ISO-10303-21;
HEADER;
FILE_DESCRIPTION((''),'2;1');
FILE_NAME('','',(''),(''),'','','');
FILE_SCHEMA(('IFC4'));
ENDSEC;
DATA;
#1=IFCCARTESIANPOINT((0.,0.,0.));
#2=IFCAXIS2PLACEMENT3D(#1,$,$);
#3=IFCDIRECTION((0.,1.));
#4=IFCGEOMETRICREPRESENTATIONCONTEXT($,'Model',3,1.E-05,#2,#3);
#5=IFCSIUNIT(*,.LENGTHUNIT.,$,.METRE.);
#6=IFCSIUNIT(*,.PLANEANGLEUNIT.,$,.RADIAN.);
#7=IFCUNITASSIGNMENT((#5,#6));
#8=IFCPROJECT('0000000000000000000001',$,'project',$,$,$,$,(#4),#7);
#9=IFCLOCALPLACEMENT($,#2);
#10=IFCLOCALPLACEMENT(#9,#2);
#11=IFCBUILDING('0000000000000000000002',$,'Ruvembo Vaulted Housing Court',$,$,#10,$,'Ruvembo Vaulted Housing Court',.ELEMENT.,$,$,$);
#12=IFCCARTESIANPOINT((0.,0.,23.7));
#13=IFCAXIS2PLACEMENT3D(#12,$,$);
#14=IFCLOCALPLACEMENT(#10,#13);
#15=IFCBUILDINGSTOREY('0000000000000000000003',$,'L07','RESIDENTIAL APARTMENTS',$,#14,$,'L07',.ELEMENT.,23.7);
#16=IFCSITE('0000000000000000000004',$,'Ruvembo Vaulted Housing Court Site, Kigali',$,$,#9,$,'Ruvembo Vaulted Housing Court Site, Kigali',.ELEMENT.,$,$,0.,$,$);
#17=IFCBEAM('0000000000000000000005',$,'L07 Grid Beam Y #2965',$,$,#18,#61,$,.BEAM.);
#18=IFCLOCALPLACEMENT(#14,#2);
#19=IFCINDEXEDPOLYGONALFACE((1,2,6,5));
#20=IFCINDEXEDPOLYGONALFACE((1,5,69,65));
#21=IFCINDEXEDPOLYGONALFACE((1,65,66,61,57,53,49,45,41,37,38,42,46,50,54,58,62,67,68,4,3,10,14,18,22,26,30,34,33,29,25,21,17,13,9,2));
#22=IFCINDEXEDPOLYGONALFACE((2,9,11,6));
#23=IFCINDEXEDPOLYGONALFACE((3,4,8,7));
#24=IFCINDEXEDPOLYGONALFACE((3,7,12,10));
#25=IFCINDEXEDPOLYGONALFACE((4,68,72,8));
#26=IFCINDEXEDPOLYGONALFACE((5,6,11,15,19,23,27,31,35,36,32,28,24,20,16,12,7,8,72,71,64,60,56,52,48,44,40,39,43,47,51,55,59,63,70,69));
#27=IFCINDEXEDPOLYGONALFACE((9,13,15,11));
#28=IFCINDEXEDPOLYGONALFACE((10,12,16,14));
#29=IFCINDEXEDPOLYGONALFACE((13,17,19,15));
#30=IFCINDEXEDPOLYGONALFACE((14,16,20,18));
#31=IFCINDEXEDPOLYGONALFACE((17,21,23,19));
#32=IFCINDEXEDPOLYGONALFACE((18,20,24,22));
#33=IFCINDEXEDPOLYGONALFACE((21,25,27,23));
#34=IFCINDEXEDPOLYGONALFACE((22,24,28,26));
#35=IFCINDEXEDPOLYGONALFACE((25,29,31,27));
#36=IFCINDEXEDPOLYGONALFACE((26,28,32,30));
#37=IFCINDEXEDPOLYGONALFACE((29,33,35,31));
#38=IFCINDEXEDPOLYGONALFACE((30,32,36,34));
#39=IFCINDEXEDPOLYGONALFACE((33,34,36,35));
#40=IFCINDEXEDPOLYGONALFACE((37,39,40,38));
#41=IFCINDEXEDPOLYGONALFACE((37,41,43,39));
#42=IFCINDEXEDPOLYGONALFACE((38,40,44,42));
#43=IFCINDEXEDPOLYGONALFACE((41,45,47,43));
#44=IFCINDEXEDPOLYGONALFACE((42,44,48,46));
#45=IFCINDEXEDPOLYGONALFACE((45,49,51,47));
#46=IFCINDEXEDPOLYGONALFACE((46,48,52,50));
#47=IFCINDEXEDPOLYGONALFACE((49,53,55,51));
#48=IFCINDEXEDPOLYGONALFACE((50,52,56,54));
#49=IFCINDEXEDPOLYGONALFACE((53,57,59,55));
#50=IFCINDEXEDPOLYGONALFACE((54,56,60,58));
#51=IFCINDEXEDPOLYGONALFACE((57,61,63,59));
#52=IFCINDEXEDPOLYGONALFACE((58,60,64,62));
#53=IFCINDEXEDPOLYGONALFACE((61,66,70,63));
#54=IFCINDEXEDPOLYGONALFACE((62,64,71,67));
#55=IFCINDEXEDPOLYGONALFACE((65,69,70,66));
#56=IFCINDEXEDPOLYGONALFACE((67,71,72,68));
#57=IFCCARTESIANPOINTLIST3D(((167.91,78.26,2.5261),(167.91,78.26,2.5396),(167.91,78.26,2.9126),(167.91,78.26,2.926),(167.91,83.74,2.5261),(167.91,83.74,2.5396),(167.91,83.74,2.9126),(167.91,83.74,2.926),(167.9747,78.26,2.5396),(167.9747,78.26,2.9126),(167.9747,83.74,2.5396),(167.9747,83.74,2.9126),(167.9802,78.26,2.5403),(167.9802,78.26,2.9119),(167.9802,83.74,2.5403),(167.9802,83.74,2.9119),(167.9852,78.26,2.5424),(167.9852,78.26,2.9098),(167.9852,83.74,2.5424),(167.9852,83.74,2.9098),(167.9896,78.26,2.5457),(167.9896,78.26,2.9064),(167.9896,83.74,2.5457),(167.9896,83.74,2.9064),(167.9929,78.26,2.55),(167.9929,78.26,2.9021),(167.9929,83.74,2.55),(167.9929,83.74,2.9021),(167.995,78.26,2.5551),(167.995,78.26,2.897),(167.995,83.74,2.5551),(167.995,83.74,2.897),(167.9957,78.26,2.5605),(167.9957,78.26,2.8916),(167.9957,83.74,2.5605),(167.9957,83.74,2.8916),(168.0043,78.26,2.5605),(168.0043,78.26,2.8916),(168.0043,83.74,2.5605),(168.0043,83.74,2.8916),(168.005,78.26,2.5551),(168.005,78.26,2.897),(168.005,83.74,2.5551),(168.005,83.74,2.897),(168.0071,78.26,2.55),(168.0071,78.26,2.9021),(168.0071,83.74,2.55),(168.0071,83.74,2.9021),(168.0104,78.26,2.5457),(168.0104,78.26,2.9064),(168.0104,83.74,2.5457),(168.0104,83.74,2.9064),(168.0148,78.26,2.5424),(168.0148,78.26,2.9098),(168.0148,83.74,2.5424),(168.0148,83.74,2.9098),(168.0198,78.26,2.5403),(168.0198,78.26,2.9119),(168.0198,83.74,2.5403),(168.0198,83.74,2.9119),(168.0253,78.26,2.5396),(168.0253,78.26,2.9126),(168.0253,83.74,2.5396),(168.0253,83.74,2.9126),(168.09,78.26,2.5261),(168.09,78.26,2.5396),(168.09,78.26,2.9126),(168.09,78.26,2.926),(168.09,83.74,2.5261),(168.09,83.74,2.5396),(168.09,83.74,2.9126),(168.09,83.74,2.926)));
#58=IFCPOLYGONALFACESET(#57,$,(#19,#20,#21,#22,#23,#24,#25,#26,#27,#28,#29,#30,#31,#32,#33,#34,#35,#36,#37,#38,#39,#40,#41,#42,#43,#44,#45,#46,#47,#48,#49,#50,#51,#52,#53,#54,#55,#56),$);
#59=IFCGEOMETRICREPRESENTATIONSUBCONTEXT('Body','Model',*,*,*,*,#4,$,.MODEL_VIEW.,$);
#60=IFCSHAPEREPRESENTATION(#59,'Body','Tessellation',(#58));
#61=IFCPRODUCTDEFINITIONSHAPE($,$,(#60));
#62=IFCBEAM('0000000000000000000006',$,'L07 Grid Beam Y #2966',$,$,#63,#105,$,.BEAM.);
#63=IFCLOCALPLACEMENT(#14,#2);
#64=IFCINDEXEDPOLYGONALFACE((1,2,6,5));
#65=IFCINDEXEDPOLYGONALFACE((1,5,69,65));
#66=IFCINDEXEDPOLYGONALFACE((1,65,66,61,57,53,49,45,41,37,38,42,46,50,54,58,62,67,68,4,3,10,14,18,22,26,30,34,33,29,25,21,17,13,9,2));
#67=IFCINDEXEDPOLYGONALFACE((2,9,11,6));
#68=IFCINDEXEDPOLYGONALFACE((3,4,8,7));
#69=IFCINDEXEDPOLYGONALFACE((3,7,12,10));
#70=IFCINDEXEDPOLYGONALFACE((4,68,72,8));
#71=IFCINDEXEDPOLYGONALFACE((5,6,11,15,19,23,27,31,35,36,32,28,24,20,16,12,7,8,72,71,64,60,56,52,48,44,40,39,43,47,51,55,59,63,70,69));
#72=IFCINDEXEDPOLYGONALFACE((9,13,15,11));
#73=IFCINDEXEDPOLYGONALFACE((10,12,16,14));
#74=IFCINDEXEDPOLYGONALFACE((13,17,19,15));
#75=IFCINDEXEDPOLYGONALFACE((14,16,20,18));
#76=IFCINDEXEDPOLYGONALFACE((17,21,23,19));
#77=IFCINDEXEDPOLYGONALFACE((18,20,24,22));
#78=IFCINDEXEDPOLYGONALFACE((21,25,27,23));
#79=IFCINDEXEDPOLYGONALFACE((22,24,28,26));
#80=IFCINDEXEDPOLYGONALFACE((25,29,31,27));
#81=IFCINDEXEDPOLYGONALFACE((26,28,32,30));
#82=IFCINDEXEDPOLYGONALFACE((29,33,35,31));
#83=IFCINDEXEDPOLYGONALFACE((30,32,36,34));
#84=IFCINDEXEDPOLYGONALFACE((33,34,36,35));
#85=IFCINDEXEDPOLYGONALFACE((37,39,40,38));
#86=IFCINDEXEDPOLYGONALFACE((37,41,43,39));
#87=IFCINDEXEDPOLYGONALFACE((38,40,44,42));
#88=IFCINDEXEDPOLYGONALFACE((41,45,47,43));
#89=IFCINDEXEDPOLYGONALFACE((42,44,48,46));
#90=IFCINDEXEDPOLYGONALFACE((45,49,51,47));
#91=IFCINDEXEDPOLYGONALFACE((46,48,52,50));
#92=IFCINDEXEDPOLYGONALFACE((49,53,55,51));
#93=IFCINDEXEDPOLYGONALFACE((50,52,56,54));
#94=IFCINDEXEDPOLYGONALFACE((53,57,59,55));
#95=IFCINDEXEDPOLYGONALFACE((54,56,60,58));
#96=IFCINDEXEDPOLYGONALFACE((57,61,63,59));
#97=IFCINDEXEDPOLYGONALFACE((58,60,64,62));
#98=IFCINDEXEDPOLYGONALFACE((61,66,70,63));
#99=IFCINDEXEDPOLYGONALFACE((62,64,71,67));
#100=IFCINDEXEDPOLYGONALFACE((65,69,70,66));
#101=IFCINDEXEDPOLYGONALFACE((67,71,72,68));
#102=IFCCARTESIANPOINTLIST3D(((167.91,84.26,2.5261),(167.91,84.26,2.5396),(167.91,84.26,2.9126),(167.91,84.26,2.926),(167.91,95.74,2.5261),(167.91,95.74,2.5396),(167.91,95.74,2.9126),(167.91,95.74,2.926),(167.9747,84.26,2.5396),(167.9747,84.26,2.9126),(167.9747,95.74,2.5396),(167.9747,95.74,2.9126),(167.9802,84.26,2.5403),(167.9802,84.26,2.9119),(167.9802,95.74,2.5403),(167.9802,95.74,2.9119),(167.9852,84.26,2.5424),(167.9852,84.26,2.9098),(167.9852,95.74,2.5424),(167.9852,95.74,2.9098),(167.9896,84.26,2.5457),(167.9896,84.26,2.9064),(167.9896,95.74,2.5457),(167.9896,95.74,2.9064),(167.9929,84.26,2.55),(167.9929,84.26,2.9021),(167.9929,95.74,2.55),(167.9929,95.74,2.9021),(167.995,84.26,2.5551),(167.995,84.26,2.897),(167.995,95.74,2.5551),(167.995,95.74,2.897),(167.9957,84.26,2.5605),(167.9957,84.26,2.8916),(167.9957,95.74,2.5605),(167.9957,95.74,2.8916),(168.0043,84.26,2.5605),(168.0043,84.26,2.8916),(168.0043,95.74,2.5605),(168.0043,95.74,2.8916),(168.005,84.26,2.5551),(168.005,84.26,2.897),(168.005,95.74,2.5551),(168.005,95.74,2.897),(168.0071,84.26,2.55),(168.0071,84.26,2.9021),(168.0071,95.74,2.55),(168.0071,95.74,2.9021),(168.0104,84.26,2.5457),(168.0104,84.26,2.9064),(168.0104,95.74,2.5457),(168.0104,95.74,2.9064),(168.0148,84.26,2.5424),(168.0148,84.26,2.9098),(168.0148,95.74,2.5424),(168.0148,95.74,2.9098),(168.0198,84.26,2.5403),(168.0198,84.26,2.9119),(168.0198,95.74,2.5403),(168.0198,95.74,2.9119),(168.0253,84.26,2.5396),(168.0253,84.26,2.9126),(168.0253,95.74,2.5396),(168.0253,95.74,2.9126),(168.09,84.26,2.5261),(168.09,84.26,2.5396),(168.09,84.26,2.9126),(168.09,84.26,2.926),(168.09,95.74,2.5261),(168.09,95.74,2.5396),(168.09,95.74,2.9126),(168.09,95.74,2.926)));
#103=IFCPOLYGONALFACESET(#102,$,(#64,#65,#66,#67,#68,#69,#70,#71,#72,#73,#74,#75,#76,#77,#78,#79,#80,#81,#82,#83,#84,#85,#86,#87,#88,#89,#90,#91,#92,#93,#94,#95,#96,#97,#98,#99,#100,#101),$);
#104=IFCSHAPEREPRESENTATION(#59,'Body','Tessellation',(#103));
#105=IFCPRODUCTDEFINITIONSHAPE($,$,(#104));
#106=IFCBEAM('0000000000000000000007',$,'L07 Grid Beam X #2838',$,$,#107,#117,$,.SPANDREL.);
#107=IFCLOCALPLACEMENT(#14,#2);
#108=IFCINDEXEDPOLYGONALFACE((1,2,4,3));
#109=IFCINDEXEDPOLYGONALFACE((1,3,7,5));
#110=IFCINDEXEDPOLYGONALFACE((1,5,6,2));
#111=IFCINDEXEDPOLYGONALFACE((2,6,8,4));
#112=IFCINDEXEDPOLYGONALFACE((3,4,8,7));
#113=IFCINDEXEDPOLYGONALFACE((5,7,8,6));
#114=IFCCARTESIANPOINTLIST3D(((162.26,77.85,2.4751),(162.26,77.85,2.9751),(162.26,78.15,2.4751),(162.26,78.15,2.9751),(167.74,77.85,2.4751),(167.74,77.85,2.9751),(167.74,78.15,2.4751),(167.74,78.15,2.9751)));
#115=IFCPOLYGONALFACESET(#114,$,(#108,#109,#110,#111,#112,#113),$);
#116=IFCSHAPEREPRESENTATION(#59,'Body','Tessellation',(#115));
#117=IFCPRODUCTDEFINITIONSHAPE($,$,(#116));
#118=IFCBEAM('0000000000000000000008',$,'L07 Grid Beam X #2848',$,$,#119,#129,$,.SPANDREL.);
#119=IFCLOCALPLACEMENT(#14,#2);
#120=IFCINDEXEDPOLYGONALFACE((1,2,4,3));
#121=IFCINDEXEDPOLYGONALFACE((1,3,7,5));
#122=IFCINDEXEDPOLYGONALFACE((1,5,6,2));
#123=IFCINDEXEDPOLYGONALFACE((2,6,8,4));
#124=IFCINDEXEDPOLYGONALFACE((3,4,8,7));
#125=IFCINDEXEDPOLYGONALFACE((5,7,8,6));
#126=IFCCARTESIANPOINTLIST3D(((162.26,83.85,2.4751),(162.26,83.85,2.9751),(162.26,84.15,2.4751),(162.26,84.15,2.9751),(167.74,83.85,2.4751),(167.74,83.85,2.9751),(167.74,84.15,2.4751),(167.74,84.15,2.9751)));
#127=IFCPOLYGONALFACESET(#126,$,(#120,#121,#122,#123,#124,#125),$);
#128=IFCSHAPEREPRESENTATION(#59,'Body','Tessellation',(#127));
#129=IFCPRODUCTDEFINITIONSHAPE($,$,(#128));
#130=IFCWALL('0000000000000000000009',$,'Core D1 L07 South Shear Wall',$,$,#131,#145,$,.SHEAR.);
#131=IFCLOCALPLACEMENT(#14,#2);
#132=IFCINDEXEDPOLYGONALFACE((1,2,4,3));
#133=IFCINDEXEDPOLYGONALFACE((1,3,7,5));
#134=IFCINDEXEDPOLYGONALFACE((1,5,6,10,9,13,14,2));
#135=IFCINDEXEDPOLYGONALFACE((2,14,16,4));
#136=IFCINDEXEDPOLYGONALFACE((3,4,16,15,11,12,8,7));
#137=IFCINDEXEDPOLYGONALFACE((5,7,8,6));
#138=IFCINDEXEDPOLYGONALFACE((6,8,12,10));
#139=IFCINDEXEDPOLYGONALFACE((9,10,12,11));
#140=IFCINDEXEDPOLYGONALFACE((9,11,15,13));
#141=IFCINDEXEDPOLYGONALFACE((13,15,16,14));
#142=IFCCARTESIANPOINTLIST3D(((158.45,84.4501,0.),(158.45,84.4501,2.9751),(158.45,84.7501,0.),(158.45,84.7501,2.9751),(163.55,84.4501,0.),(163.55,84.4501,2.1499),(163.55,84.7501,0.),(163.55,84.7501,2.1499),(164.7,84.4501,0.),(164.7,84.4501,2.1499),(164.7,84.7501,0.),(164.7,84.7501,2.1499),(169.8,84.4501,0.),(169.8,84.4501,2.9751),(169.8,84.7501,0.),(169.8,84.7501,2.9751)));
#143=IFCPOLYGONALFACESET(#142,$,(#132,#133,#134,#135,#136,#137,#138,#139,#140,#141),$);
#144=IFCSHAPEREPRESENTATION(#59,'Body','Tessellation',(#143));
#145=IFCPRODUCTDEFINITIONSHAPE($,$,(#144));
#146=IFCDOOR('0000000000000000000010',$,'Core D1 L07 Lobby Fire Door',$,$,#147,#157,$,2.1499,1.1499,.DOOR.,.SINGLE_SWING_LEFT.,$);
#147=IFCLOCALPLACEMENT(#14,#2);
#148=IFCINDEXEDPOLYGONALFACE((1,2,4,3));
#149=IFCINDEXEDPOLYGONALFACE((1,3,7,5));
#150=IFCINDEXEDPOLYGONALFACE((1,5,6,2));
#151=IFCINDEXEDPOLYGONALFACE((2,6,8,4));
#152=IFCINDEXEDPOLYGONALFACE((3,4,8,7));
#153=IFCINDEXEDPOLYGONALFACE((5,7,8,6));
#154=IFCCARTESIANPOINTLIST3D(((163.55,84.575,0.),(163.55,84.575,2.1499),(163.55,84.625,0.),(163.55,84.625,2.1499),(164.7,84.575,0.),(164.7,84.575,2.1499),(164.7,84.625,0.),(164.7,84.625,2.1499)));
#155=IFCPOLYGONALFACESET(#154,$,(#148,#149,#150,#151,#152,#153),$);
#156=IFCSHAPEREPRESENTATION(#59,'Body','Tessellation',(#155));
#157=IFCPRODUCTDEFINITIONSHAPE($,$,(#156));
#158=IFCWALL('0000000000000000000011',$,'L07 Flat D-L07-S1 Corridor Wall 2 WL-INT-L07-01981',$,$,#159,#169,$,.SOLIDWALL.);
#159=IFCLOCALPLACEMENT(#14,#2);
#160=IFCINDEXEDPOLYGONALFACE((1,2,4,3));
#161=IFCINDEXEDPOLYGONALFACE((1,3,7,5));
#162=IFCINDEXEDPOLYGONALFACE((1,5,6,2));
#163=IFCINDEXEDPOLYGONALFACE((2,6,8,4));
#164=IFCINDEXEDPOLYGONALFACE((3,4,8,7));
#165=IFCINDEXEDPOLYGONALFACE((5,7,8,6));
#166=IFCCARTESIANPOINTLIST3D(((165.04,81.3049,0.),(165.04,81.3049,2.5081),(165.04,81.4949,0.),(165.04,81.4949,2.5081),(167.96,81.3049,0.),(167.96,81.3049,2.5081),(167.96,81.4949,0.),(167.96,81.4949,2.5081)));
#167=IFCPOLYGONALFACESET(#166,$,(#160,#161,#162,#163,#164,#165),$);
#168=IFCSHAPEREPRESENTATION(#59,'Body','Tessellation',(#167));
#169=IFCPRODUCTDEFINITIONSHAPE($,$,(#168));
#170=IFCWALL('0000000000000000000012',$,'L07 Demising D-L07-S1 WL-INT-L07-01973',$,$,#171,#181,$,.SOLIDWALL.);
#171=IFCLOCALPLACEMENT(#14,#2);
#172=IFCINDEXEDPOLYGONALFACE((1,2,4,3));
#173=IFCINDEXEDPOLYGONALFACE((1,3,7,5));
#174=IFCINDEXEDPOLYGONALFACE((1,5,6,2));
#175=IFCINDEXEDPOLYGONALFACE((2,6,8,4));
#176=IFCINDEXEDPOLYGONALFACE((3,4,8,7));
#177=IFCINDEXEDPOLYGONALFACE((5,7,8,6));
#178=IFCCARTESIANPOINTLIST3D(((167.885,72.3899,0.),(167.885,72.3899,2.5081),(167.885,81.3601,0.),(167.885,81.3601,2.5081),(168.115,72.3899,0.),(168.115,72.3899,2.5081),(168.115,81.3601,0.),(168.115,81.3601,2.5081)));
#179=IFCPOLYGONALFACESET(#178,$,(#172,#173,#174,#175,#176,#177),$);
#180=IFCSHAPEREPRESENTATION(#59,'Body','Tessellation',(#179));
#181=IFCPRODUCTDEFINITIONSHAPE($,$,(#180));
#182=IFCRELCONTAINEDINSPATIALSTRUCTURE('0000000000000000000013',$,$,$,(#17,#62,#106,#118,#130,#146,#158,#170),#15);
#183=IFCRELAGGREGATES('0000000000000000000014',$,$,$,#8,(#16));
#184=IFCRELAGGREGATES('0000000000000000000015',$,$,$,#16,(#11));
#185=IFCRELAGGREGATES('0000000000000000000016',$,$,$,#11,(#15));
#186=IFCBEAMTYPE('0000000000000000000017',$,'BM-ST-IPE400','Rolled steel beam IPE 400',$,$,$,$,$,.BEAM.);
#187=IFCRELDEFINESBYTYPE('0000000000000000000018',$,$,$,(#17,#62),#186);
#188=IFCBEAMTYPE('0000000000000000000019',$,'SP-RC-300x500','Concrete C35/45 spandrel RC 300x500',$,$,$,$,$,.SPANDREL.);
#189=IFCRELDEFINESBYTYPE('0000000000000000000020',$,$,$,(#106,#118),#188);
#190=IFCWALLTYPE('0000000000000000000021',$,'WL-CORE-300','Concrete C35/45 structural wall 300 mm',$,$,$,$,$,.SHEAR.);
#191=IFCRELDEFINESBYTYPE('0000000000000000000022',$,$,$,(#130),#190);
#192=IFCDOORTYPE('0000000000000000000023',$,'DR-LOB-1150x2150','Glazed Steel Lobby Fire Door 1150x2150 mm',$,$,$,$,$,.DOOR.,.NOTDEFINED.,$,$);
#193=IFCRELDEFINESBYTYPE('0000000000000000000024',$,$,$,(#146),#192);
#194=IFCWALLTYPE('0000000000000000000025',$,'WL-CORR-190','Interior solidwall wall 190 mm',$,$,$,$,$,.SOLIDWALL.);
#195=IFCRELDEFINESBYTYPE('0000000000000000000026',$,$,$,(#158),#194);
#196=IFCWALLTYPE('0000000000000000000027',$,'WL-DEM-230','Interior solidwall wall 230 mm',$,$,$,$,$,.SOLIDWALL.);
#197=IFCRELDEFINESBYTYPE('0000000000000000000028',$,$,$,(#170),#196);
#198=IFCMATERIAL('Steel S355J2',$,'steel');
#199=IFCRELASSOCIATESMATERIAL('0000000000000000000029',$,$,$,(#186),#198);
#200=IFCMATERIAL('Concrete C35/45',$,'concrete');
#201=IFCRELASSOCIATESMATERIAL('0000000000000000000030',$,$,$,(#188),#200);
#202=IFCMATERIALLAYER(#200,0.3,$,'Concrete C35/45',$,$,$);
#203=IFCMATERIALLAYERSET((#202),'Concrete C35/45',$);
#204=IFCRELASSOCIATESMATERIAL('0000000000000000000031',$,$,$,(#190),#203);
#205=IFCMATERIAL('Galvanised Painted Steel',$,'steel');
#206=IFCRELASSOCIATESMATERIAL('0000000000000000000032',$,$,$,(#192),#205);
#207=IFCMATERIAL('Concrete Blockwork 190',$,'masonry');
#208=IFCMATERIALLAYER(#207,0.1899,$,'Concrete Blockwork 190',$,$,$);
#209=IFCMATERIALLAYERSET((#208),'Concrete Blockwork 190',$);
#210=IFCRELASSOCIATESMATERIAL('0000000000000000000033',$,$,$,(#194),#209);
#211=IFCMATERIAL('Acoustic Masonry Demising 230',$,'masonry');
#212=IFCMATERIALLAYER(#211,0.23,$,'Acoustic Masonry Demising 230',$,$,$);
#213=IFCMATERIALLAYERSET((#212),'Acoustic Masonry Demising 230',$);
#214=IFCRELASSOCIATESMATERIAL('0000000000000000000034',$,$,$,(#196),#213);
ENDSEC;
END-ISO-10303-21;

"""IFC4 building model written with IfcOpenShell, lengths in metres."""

from ifc_helpers import new_model, si_unit, direction, frame, frame_2d, origin, origin_2d, place, context, subcontext, project, spatial, rectangle, i_section, extrude, material, layer, layer_set, material_profile, profile_set, type_object, element, fill, save


model = new_model("IFC4")

# Units and contexts
model_context = context("Model", 3, precision=1e-05, world=origin(), true_north=direction((0.0, 1.0)))
body_context = subcontext(model_context, "Body", "Model", "MODEL_VIEW")
ifc_project = project(units=[si_unit("LENGTHUNIT", "METRE"), si_unit("PLANEANGLEUNIT", "RADIAN")], contexts=[model_context])

# Site, building, storey
site_placement = place(None, origin())
site = spatial("IfcSite", under=ifc_project, at=site_placement, Name="Ruvembo Vaulted Housing Court Site, Kigali", LongName="Ruvembo Vaulted Housing Court Site, Kigali", CompositionType="ELEMENT", RefElevation=0.0)
building_placement = place(site_placement, origin())
building = spatial("IfcBuilding", under=site, at=building_placement, Name="Ruvembo Vaulted Housing Court", LongName="Ruvembo Vaulted Housing Court", CompositionType="ELEMENT")
storey_placement = place(building_placement, frame((0.0, 0.0, 23.7)))
storey = spatial("IfcBuildingStorey", under=building, at=storey_placement, Name="L07", Description="RESIDENTIAL APARTMENTS", LongName="L07", CompositionType="ELEMENT", Elevation=23.7)

# Shared definitions
ifc_material_1 = material(Name="Concrete C35/45", Category="concrete")

# Beams
ifc_material_2 = material(Name="Steel S355J2", Category="steel")
ifc_material_profile_1 = material_profile(ifc_material_2, i_section(OverallWidth=0.1799, OverallDepth=0.3999, WebThickness=0.0085, FlangeThickness=0.0134, FilletRadius=0.021, at=origin_2d()), Name="IPE 400")
ifc_profile_set_1 = profile_set([ifc_material_profile_1], Name="Steel S355J2")
beam_type_1 = type_object("IfcBeamType", Name="BM-ST-IPE400", Description="Rolled steel beam IPE 400", PredefinedType="BEAM", material=ifc_profile_set_1)
for number, where, z_axis, x_axis, name in (
    (1, (168.0, 78.26, 2.7261), (0.0, 1.0, 0.0), (-1.0, 0.0, 0.0), "L07 Grid Beam Y #2965"),
):
    element("IfcBeam", number, at=place(storey_placement, frame(where, z_axis=z_axis, x_axis=x_axis)), inside=storey, type_object=beam_type_1, Name=name, PredefinedType="BEAM", context=body_context, shape_type="SweptSolid", body=[
        extrude(i_section(OverallWidth=0.1799, OverallDepth=0.3999, WebThickness=0.0085, FlangeThickness=0.0134, FilletRadius=0.021, at=origin_2d()), origin(), (0.0, 0.0, 1.0), 5.48),
    ])
beam_placement = place(storey_placement, frame((168.0, 84.26, 2.7261), z_axis=(0.0, 1.0, 0.0), x_axis=(-1.0, 0.0, 0.0)))
element("IfcBeam", 2, at=beam_placement, inside=storey, type_object=beam_type_1, Name="L07 Grid Beam Y #2966", PredefinedType="BEAM", context=body_context, shape_type="SweptSolid", body=[
    extrude(i_section(OverallWidth=0.1799, OverallDepth=0.3999, WebThickness=0.0085, FlangeThickness=0.0134, FilletRadius=0.021, at=origin_2d()), origin(), (0.0, 0.0, 1.0), 11.48),
])
ifc_material_profile_2 = material_profile(ifc_material_1, rectangle(XDim=0.3, YDim=0.5, at=origin_2d()), Name="RC 300x500")
ifc_profile_set_2 = profile_set([ifc_material_profile_2], Name="Concrete C35/45")
beam_type_2 = type_object("IfcBeamType", Name="SP-RC-300x500", Description="Concrete C35/45 spandrel RC 300x500", PredefinedType="SPANDREL", material=ifc_profile_set_2)
for number, where, z_axis, x_axis, name in (
    (3, (162.26, 78.0, 2.7251), (1.0, 0.0, 0.0), (0.0, 1.0, 0.0), "L07 Grid Beam X #2838"),
    (4, (162.26, 84.0, 2.7251), (1.0, 0.0, 0.0), (0.0, 1.0, 0.0), "L07 Grid Beam X #2848"),
):
    element("IfcBeam", number, at=place(storey_placement, frame(where, z_axis=z_axis, x_axis=x_axis)), inside=storey, type_object=beam_type_2, Name=name, PredefinedType="SPANDREL", context=body_context, shape_type="SweptSolid", body=[
        extrude(rectangle(XDim=0.3, YDim=0.5, at=origin_2d()), origin(), (0.0, 0.0, 1.0), 5.48),
    ])

# Wall, opening, door
ifc_layer_1 = layer(ifc_material_1, 0.3, Name="Concrete C35/45")
ifc_layer_set_1 = layer_set([ifc_layer_1], Name="Concrete C35/45")
wall_type_1 = type_object("IfcWallType", Name="WL-CORE-300", Description="Concrete C35/45 structural wall 300 mm", PredefinedType="SHEAR", material=ifc_layer_set_1)
wall_1_placement = place(storey_placement, frame((158.45, 84.6001, 0.0), z_axis=(0.0, 0.0, 1.0), x_axis=(1.0, 0.0, 0.0)))
wall_1 = element("IfcWall", 5, at=wall_1_placement, inside=storey, type_object=wall_type_1, Name="Core D1 L07 South Shear Wall", PredefinedType="SHEAR", context=body_context, shape_type="SweptSolid", body=[
    extrude(rectangle(XDim=11.3501, YDim=0.3, at=frame_2d((5.675, 0.0))), origin(), (0.0, 0.0, 1.0), 2.9751),
])
opening_1_placement = place(wall_1_placement, frame((5.1001, 0.0, 0.0)))
opening_1 = element("IfcOpeningElement", 6, at=opening_1_placement, cuts=wall_1, PredefinedType="OPENING", context=body_context, shape_type="SweptSolid", body=[
    extrude(rectangle(XDim=1.1499, YDim=2.1499, at=frame_2d((0.575, 1.075))), frame((0.0, 0.1599, 0.0), z_axis=(0.0, -1.0, 0.0), x_axis=(1.0, 0.0, 0.0)), (0.0, 0.0, 1.0), 0.3201),
])
ifc_material_3 = material(Name="Galvanised Painted Steel", Category="steel")
door_type_1 = type_object("IfcDoorType", Name="DR-LOB-1150x2150", Description="Glazed Steel Lobby Fire Door 1150x2150 mm", OperationType="NOTDEFINED", PredefinedType="DOOR", material=ifc_material_3)
door_1_placement = place(opening_1_placement, origin())
door_1 = element("IfcDoor", 7, at=door_1_placement, inside=storey, type_object=door_type_1, Name="Core D1 L07 Lobby Fire Door", OperationType="SINGLE_SWING_LEFT", OverallHeight=2.1499, OverallWidth=1.1499, PredefinedType="DOOR", context=body_context, shape_type="SweptSolid", body=[
    extrude(rectangle(XDim=1.1499, YDim=2.1499, at=frame_2d((0.575, 1.075))), frame((0.0, 0.0249, 0.0), z_axis=(0.0, -1.0, 0.0), x_axis=(1.0, 0.0, 0.0)), (0.0, 0.0, 1.0), 0.05),
])
fill(opening_1, door_1)
ifc_material_4 = material(Name="Concrete Blockwork 190", Category="masonry")
ifc_layer_2 = layer(ifc_material_4, 0.1899, Name="Concrete Blockwork 190")
ifc_layer_set_2 = layer_set([ifc_layer_2], Name="Concrete Blockwork 190")
wall_type_2 = type_object("IfcWallType", Name="WL-CORR-190", Description="Interior solidwall wall 190 mm", PredefinedType="SOLIDWALL", material=ifc_layer_set_2)

# Walls
wall_2_placement = place(storey_placement, frame((165.04, 81.3999, 0.0), z_axis=(0.0, 0.0, 1.0), x_axis=(1.0, 0.0, 0.0)))
element("IfcWall", 8, at=wall_2_placement, inside=storey, type_object=wall_type_2, Name="L07 Flat D-L07-S1 Corridor Wall 2 WL-INT-L07-01981", PredefinedType="SOLIDWALL", context=body_context, shape_type="SweptSolid", body=[
    extrude(rectangle(XDim=2.9199, YDim=0.1899, at=frame_2d((1.46, 0.0))), origin(), (0.0, 0.0, 1.0), 2.5081),
])
ifc_material_5 = material(Name="Acoustic Masonry Demising 230", Category="masonry")
ifc_layer_3 = layer(ifc_material_5, 0.23, Name="Acoustic Masonry Demising 230")
ifc_layer_set_3 = layer_set([ifc_layer_3], Name="Acoustic Masonry Demising 230")
wall_type_3 = type_object("IfcWallType", Name="WL-DEM-230", Description="Interior solidwall wall 230 mm", PredefinedType="SOLIDWALL", material=ifc_layer_set_3)
wall_3_placement = place(storey_placement, frame((168.0, 72.3899, 0.0), z_axis=(0.0, 0.0, 1.0), x_axis=(0.0, 1.0, 0.0)))
element("IfcWall", 9, at=wall_3_placement, inside=storey, type_object=wall_type_3, Name="L07 Demising D-L07-S1 WL-INT-L07-01973", PredefinedType="SOLIDWALL", context=body_context, shape_type="SweptSolid", body=[
    extrude(rectangle(XDim=8.9702, YDim=0.23, at=frame_2d((4.4851, 0.0))), origin(), (0.0, 0.0, 1.0), 2.5081),
])

save(model, "model.ifc")
